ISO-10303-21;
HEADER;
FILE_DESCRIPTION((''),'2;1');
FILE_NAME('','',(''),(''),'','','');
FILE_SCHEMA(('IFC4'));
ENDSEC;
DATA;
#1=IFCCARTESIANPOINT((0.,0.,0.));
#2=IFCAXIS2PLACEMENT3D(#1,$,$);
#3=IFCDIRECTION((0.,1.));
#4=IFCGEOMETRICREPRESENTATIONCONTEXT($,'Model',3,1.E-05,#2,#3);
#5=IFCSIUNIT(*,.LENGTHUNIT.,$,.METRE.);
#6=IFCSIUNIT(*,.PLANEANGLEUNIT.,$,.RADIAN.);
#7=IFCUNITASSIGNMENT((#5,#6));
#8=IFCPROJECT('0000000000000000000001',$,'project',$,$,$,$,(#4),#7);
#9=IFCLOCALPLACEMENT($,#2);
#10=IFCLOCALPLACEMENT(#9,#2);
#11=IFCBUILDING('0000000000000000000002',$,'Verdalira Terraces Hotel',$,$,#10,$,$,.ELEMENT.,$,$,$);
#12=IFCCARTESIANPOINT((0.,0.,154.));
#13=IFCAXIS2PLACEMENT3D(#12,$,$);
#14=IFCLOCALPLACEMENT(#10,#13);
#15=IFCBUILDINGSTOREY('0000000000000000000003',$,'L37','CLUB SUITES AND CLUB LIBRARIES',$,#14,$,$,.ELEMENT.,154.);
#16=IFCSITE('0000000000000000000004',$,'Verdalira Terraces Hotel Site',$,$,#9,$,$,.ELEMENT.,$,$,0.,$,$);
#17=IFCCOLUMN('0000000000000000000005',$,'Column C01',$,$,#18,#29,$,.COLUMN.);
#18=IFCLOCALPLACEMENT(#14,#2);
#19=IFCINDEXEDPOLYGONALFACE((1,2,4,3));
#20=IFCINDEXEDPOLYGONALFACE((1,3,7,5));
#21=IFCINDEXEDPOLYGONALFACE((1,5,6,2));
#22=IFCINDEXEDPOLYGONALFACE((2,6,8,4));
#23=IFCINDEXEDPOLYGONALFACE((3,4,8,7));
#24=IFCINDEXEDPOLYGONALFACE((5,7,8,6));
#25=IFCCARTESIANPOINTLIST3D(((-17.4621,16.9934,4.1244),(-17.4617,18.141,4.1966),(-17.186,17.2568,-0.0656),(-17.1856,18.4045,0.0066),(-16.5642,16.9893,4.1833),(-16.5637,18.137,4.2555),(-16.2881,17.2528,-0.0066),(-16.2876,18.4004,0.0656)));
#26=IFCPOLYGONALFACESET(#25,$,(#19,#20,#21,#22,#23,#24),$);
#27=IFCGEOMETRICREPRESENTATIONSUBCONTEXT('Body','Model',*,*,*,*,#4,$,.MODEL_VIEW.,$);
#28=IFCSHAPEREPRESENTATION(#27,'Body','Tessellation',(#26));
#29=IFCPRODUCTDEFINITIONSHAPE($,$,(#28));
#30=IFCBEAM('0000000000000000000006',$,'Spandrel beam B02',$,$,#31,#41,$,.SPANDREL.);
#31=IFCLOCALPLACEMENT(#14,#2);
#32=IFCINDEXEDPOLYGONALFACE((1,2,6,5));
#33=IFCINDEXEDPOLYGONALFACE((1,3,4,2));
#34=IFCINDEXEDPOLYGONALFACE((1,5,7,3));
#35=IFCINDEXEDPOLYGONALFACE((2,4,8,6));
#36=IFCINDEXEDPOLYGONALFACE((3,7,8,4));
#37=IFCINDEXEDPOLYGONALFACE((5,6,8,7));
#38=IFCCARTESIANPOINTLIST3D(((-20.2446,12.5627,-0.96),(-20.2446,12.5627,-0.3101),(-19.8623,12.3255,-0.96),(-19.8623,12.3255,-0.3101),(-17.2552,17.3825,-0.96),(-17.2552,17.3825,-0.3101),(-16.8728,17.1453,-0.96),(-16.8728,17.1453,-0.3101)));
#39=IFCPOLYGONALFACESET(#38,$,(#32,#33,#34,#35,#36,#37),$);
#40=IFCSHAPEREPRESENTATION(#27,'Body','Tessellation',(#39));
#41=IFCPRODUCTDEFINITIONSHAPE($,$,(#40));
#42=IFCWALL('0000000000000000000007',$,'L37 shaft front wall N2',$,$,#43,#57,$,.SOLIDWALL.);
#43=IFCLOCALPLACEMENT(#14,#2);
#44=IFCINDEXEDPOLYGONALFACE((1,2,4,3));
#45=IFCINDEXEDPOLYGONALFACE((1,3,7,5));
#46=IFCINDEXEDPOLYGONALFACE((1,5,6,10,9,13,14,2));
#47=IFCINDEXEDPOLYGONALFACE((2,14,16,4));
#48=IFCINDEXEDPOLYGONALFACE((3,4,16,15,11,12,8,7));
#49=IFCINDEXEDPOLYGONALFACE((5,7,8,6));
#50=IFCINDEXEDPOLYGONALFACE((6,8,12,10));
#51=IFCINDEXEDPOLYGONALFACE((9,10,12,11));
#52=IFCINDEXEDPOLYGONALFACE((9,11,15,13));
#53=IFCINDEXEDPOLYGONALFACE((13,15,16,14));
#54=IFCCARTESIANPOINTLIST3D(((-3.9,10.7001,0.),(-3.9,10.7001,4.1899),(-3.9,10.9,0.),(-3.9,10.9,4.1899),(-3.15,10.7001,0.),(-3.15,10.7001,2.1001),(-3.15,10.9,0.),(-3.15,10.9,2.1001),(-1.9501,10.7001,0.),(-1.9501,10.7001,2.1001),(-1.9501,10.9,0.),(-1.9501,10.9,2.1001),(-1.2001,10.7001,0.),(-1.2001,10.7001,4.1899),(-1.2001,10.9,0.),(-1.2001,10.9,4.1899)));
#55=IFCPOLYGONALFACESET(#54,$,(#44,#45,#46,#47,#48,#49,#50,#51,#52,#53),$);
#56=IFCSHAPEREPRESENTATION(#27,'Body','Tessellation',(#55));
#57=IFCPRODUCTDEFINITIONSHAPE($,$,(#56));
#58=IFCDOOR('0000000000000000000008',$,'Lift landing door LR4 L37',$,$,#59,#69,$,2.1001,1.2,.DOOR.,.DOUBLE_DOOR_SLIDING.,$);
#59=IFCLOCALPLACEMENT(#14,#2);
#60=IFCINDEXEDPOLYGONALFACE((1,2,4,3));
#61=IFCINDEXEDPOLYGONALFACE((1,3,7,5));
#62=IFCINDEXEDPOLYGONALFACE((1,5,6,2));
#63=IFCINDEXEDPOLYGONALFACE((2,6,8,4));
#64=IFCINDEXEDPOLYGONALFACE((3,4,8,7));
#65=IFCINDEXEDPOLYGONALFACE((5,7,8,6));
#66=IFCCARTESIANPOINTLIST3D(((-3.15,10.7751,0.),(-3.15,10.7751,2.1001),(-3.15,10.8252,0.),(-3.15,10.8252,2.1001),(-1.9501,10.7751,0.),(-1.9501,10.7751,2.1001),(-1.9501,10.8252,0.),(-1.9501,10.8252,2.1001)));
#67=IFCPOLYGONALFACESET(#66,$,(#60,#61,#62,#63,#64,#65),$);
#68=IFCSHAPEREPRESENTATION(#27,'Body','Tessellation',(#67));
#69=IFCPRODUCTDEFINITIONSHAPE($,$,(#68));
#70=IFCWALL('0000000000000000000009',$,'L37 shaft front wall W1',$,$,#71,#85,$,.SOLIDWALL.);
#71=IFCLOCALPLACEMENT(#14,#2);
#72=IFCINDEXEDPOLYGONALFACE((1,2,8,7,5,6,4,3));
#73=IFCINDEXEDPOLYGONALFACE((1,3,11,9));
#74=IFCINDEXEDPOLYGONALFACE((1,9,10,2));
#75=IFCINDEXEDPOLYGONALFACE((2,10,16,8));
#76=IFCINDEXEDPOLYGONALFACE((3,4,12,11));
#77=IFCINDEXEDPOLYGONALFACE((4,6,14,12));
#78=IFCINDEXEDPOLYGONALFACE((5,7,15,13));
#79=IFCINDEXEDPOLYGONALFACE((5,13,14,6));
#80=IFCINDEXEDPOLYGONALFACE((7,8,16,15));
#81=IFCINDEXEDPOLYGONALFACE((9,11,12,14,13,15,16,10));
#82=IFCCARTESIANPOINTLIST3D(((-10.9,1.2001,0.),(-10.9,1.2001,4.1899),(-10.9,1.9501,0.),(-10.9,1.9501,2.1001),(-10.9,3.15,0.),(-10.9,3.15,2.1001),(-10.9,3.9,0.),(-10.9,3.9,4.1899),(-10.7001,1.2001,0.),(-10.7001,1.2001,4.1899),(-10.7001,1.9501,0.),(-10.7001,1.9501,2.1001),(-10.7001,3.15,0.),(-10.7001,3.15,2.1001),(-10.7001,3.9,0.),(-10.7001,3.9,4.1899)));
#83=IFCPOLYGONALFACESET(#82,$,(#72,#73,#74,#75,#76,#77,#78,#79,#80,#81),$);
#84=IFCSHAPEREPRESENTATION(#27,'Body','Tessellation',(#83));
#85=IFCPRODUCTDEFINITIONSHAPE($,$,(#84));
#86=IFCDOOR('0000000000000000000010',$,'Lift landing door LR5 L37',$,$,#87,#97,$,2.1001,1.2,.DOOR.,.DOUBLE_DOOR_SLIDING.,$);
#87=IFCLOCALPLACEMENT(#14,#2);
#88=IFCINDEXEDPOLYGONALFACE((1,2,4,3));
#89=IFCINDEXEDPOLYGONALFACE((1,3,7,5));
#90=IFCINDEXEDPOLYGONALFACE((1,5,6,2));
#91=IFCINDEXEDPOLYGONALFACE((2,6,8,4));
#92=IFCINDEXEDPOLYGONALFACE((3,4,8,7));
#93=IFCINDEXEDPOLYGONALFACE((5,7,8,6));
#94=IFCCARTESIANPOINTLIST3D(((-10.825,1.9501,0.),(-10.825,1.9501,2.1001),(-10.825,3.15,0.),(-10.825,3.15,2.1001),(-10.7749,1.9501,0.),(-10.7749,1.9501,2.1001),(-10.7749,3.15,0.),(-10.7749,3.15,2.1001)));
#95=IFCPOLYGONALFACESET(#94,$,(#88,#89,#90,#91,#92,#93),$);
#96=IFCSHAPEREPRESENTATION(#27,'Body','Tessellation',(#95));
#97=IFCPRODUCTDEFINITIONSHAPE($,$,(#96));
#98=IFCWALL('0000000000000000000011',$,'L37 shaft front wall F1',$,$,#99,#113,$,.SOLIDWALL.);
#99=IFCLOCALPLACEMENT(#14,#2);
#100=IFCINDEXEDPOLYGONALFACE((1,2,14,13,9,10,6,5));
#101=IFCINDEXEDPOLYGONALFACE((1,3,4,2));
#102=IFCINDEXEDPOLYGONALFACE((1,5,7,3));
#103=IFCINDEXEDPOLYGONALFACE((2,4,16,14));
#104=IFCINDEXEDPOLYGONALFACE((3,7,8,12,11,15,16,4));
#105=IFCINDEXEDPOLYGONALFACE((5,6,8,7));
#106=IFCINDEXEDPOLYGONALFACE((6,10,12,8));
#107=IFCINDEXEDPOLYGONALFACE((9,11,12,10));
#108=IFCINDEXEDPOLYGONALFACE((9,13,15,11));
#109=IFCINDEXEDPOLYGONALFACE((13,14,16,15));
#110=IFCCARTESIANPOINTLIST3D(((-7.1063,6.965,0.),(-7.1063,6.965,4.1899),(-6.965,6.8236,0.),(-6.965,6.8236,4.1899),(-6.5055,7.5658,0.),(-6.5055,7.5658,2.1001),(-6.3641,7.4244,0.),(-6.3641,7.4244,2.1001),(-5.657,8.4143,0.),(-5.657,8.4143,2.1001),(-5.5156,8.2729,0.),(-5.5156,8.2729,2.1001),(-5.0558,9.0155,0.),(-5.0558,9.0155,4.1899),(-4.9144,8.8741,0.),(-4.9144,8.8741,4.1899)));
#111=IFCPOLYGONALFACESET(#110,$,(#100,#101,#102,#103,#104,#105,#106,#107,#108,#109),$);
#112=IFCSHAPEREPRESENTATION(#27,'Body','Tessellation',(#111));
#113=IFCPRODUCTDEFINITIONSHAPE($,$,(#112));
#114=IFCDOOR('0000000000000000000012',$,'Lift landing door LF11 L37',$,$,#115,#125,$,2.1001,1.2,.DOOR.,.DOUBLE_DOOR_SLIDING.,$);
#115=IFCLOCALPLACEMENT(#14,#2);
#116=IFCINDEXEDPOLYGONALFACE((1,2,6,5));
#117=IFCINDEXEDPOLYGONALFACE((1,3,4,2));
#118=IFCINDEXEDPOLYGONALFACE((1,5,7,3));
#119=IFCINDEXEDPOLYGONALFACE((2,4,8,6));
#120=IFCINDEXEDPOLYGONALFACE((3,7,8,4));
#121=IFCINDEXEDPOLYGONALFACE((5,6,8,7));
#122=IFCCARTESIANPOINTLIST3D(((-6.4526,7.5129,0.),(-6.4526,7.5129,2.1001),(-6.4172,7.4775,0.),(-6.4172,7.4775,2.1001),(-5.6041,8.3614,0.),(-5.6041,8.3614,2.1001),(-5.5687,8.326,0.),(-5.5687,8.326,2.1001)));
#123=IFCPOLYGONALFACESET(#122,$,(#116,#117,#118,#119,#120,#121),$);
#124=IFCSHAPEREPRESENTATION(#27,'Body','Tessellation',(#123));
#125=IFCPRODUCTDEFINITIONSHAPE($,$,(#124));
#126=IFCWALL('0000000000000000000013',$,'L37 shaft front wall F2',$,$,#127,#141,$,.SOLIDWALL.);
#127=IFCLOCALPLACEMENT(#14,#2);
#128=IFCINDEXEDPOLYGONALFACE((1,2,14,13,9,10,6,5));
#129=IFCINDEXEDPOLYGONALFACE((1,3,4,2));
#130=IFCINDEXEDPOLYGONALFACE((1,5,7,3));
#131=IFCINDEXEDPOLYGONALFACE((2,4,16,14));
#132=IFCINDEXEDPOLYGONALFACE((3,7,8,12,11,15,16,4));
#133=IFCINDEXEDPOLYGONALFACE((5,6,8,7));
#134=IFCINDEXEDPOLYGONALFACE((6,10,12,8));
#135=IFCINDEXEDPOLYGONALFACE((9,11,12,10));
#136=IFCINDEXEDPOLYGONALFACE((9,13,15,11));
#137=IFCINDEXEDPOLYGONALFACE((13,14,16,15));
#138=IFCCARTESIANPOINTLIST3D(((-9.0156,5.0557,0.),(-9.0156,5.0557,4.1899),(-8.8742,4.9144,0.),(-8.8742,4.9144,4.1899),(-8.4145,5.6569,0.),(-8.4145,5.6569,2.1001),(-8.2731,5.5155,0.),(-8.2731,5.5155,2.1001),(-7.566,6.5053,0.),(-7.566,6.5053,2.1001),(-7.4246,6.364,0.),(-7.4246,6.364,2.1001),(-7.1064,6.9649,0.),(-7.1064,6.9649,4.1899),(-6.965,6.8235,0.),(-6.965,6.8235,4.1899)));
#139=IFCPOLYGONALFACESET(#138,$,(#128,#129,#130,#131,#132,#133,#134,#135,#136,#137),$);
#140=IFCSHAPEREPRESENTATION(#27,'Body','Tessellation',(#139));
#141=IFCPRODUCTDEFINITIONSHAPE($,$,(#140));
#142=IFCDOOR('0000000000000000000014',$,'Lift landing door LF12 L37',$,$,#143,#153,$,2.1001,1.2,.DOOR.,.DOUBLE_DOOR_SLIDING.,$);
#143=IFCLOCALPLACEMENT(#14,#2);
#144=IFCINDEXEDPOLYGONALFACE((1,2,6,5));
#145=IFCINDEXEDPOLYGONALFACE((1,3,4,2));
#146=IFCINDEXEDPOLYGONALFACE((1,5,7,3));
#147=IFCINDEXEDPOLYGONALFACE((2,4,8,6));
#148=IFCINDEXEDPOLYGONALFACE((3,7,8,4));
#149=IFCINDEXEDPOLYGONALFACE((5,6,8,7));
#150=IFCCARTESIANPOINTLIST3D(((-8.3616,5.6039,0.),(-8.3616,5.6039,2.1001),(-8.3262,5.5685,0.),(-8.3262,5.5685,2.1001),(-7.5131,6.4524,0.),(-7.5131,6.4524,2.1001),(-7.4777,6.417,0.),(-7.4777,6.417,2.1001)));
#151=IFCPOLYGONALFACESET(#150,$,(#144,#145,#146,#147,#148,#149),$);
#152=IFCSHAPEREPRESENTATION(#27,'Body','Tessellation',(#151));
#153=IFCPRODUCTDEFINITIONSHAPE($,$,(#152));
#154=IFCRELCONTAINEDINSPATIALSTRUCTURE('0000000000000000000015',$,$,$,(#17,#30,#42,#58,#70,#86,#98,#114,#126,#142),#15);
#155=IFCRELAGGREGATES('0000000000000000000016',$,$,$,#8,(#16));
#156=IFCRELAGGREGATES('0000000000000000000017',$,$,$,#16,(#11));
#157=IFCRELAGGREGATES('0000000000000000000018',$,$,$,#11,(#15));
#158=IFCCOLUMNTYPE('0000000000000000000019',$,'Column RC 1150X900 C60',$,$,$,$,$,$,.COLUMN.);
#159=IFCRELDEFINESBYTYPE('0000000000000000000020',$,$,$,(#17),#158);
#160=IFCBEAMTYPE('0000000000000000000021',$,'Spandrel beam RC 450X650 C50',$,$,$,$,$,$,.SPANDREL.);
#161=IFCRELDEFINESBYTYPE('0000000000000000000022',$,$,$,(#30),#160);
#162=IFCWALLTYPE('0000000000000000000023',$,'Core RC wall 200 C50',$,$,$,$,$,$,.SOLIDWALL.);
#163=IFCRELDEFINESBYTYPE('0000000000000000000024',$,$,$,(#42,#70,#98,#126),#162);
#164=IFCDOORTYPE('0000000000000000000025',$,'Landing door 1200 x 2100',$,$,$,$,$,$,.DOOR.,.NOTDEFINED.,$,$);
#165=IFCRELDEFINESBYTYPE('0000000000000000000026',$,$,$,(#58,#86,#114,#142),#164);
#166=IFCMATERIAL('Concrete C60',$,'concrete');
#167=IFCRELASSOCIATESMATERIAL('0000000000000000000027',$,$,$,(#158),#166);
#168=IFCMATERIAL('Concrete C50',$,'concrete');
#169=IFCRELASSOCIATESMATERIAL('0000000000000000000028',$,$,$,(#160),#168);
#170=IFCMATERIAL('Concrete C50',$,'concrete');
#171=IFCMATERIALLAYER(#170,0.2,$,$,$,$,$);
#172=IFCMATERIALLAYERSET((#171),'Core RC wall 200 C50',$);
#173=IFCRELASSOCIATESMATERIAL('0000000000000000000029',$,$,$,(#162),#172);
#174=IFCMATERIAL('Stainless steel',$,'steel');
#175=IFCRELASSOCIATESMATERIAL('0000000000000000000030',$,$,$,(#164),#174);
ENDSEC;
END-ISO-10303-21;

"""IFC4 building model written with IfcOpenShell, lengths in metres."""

from ifc_helpers import new_model, si_unit, direction, frame, frame_2d, origin, origin_2d, place, context, subcontext, project, spatial, rectangle, extrude, material, layer, layer_set, material_profile, profile_set, type_object, element, fill, save


model = new_model("IFC4")

# Units and contexts
model_context = context("Model", 3, precision=1e-05, world=origin(), true_north=direction((0.0, 1.0)))
body_context = subcontext(model_context, "Body", "Model", "MODEL_VIEW")
ifc_project = project(units=[si_unit("LENGTHUNIT", "METRE"), si_unit("PLANEANGLEUNIT", "RADIAN")], contexts=[model_context])

# Site, building, storey
site_placement = place(None, origin())
site = spatial("IfcSite", under=ifc_project, at=site_placement, Name="Verdalira Terraces Hotel Site", CompositionType="ELEMENT", RefElevation=0.0)
building_placement = place(site_placement, origin())
building = spatial("IfcBuilding", under=site, at=building_placement, Name="Verdalira Terraces Hotel", CompositionType="ELEMENT")
storey_placement = place(building_placement, frame((0.0, 0.0, 154.0)))
storey = spatial("IfcBuildingStorey", under=building, at=storey_placement, Name="L37", Description="CLUB SUITES AND CLUB LIBRARIES", CompositionType="ELEMENT", Elevation=154.0)

# Column
ifc_material_1 = material(Name="Concrete C60", Category="concrete")
ifc_material_profile_1 = material_profile(ifc_material_1, rectangle(XDim=1.1499, YDim=0.8999, at=origin_2d()), Name="RC 1150X900")
ifc_profile_set_1 = profile_set([ifc_material_profile_1], Name="Concrete C60")
column_type = type_object("IfcColumnType", Name="Column RC 1150X900 C60", PredefinedType="COLUMN", material=ifc_profile_set_1)
column_placement = place(storey_placement, frame((-16.7368, 17.8286, 0.0), z_axis=(-0.06563, -0.062612, 0.995878), x_axis=(0.000393, 0.998028, 0.062773)))
element("IfcColumn", 1, at=column_placement, inside=storey, type_object=column_type, Name="Column C01", PredefinedType="COLUMN", context=body_context, shape_type="SweptSolid", body=[
    extrude(rectangle(XDim=1.1499, YDim=0.8999, at=origin_2d()), origin(), (0.0, 0.0, 1.0), 4.2073),
])

# Beam
ifc_material_2 = material(Name="Concrete C50", Category="concrete")
ifc_material_profile_2 = material_profile(ifc_material_2, rectangle(XDim=0.45, YDim=0.6499, at=origin_2d()), Name="RC 450X650")
ifc_profile_set_2 = profile_set([ifc_material_profile_2], Name="Concrete C50")
beam_type = type_object("IfcBeamType", Name="Spandrel beam RC 450X650 C50", PredefinedType="SPANDREL", material=ifc_profile_set_2)
beam_placement = place(storey_placement, frame((-17.064, 17.2639, -0.635), z_axis=(-0.527094, -0.849807, 0.0), x_axis=(0.849807, -0.527094, 0.0)))
element("IfcBeam", 2, at=beam_placement, inside=storey, type_object=beam_type, Name="Spandrel beam B02", PredefinedType="SPANDREL", context=body_context, shape_type="SweptSolid", body=[
    extrude(rectangle(XDim=0.45, YDim=0.6499, at=origin_2d()), origin(), (0.0, 0.0, 1.0), 5.6716),
])

# Walls, openings, doors
ifc_material_3 = material(Name="Concrete C50", Category="concrete")
ifc_layer_1 = layer(ifc_material_3, 0.2)
ifc_layer_set_1 = layer_set([ifc_layer_1], Name="Core RC wall 200 C50")
wall_type_1 = type_object("IfcWallType", Name="Core RC wall 200 C50", PredefinedType="SOLIDWALL", material=ifc_layer_set_1)
wall_1_placement = place(storey_placement, frame((-1.2, 10.8, 0.0), z_axis=(0.0, 0.0, 1.0), x_axis=(-1.0, 0.0, 0.0)))
wall_1 = element("IfcWall", 3, at=wall_1_placement, inside=storey, type_object=wall_type_1, Name="L37 shaft front wall N2", PredefinedType="SOLIDWALL", context=body_context, shape_type="SweptSolid", body=[
    extrude(rectangle(XDim=2.7, YDim=0.2, at=frame_2d((1.3501, 0.0))), origin(), (0.0, 0.0, 1.0), 4.1899),
])
opening_1_placement = place(wall_1_placement, frame((0.75, 0.0, 0.0)))
opening_1 = element("IfcOpeningElement", 4, at=opening_1_placement, cuts=wall_1, PredefinedType="OPENING", context=body_context, shape_type="SweptSolid", body=[
    extrude(rectangle(XDim=1.2, YDim=2.1001, at=frame_2d((0.6001, 1.05))), frame((0.0, 0.1099, 0.0), z_axis=(0.0, -1.0, 0.0), x_axis=(1.0, 0.0, 0.0)), (0.0, 0.0, 1.0), 0.22),
])
ifc_material_4 = material(Name="Stainless steel", Category="steel")
door_type_1 = type_object("IfcDoorType", Name="Landing door 1200 x 2100", OperationType="NOTDEFINED", PredefinedType="DOOR", material=ifc_material_4)
door_1_placement = place(opening_1_placement, origin())
door_1 = element("IfcDoor", 5, at=door_1_placement, inside=storey, type_object=door_type_1, Name="Lift landing door LR4 L37", OperationType="DOUBLE_DOOR_SLIDING", OverallHeight=2.1001, OverallWidth=1.2, PredefinedType="DOOR", context=body_context, shape_type="SweptSolid", body=[
    extrude(rectangle(XDim=1.2, YDim=2.1001, at=frame_2d((0.6001, 1.05))), frame((0.0, 0.0249, 0.0), z_axis=(0.0, -1.0, 0.0), x_axis=(1.0, 0.0, 0.0)), (0.0, 0.0, 1.0), 0.05),
])
fill(opening_1, door_1)
wall_2_placement = place(storey_placement, frame((-10.8, 1.2, 0.0), z_axis=(0.0, 0.0, 1.0), x_axis=(0.0, 1.0, 0.0)))
wall_2 = element("IfcWall", 6, at=wall_2_placement, inside=storey, type_object=wall_type_1, Name="L37 shaft front wall W1", PredefinedType="SOLIDWALL", context=body_context, shape_type="SweptSolid", body=[
    extrude(rectangle(XDim=2.7, YDim=0.2, at=frame_2d((1.3501, 0.0))), origin(), (0.0, 0.0, 1.0), 4.1899),
])
opening_2_placement = place(wall_2_placement, frame((0.75, 0.0, 0.0)))
opening_2 = element("IfcOpeningElement", 7, at=opening_2_placement, cuts=wall_2, PredefinedType="OPENING", context=body_context, shape_type="SweptSolid", body=[
    extrude(rectangle(XDim=1.2, YDim=2.1001, at=frame_2d((0.6001, 1.05))), frame((0.0, 0.1099, 0.0), z_axis=(0.0, -1.0, 0.0), x_axis=(1.0, 0.0, 0.0)), (0.0, 0.0, 1.0), 0.22),
])
door_2_placement = place(opening_2_placement, origin())
door_2 = element("IfcDoor", 8, at=door_2_placement, inside=storey, type_object=door_type_1, Name="Lift landing door LR5 L37", OperationType="DOUBLE_DOOR_SLIDING", OverallHeight=2.1001, OverallWidth=1.2, PredefinedType="DOOR", context=body_context, shape_type="SweptSolid", body=[
    extrude(rectangle(XDim=1.2, YDim=2.1001, at=frame_2d((0.6001, 1.05))), frame((0.0, 0.0249, 0.0), z_axis=(0.0, -1.0, 0.0), x_axis=(1.0, 0.0, 0.0)), (0.0, 0.0, 1.0), 0.05),
])
fill(opening_2, door_2)
wall_3_placement = place(storey_placement, frame((-4.9851, 8.9448, 0.0), z_axis=(0.0, 0.0, 1.0), x_axis=(-0.707107, -0.707107, 0.0)))
wall_3 = element("IfcWall", 9, at=wall_3_placement, inside=storey, type_object=wall_type_1, Name="L37 shaft front wall F1", PredefinedType="SOLIDWALL", context=body_context, shape_type="SweptSolid", body=[
    extrude(rectangle(XDim=2.8999, YDim=0.2, at=frame_2d((1.45, 0.0))), origin(), (0.0, 0.0, 1.0), 4.1899),
])
opening_3_placement = place(wall_3_placement, frame((0.8501, 0.0, 0.0)))
opening_3 = element("IfcOpeningElement", 10, at=opening_3_placement, cuts=wall_3, PredefinedType="OPENING", context=body_context, shape_type="SweptSolid", body=[
    extrude(rectangle(XDim=1.2, YDim=2.1001, at=frame_2d((0.6001, 1.05))), frame((0.0, 0.1099, 0.0), z_axis=(0.0, -1.0, 0.0), x_axis=(1.0, 0.0, 0.0)), (0.0, 0.0, 1.0), 0.22),
])
door_3_placement = place(opening_3_placement, origin())
door_3 = element("IfcDoor", 11, at=door_3_placement, inside=storey, type_object=door_type_1, Name="Lift landing door LF11 L37", OperationType="DOUBLE_DOOR_SLIDING", OverallHeight=2.1001, OverallWidth=1.2, PredefinedType="DOOR", context=body_context, shape_type="SweptSolid", body=[
    extrude(rectangle(XDim=1.2, YDim=2.1001, at=frame_2d((0.6001, 1.05))), frame((0.0, 0.0249, 0.0), z_axis=(0.0, -1.0, 0.0), x_axis=(1.0, 0.0, 0.0)), (0.0, 0.0, 1.0), 0.05),
])
fill(opening_3, door_3)
wall_4_placement = place(storey_placement, frame((-7.0356, 6.8943, 0.0), z_axis=(0.0, 0.0, 1.0), x_axis=(-0.707107, -0.707107, 0.0)))
wall_4 = element("IfcWall", 12, at=wall_4_placement, inside=storey, type_object=wall_type_1, Name="L37 shaft front wall F2", PredefinedType="SOLIDWALL", context=body_context, shape_type="SweptSolid", body=[
    extrude(rectangle(XDim=2.7, YDim=0.2, at=frame_2d((1.3501, 0.0))), origin(), (0.0, 0.0, 1.0), 4.1899),
])
opening_4_placement = place(wall_4_placement, frame((0.6499, 0.0, 0.0)))
opening_4 = element("IfcOpeningElement", 13, at=opening_4_placement, cuts=wall_4, PredefinedType="OPENING", context=body_context, shape_type="SweptSolid", body=[
    extrude(rectangle(XDim=1.2, YDim=2.1001, at=frame_2d((0.6001, 1.05))), frame((0.0, 0.1099, 0.0), z_axis=(0.0, -1.0, 0.0), x_axis=(1.0, 0.0, 0.0)), (0.0, 0.0, 1.0), 0.22),
])
door_4_placement = place(opening_4_placement, origin())
door_4 = element("IfcDoor", 14, at=door_4_placement, inside=storey, type_object=door_type_1, Name="Lift landing door LF12 L37", OperationType="DOUBLE_DOOR_SLIDING", OverallHeight=2.1001, OverallWidth=1.2, PredefinedType="DOOR", context=body_context, shape_type="SweptSolid", body=[
    extrude(rectangle(XDim=1.2, YDim=2.1001, at=frame_2d((0.6001, 1.05))), frame((0.0, 0.0249, 0.0), z_axis=(0.0, -1.0, 0.0), x_axis=(1.0, 0.0, 0.0)), (0.0, 0.0, 1.0), 0.05),
])
fill(opening_4, door_4)

save(model, "model.ifc")
